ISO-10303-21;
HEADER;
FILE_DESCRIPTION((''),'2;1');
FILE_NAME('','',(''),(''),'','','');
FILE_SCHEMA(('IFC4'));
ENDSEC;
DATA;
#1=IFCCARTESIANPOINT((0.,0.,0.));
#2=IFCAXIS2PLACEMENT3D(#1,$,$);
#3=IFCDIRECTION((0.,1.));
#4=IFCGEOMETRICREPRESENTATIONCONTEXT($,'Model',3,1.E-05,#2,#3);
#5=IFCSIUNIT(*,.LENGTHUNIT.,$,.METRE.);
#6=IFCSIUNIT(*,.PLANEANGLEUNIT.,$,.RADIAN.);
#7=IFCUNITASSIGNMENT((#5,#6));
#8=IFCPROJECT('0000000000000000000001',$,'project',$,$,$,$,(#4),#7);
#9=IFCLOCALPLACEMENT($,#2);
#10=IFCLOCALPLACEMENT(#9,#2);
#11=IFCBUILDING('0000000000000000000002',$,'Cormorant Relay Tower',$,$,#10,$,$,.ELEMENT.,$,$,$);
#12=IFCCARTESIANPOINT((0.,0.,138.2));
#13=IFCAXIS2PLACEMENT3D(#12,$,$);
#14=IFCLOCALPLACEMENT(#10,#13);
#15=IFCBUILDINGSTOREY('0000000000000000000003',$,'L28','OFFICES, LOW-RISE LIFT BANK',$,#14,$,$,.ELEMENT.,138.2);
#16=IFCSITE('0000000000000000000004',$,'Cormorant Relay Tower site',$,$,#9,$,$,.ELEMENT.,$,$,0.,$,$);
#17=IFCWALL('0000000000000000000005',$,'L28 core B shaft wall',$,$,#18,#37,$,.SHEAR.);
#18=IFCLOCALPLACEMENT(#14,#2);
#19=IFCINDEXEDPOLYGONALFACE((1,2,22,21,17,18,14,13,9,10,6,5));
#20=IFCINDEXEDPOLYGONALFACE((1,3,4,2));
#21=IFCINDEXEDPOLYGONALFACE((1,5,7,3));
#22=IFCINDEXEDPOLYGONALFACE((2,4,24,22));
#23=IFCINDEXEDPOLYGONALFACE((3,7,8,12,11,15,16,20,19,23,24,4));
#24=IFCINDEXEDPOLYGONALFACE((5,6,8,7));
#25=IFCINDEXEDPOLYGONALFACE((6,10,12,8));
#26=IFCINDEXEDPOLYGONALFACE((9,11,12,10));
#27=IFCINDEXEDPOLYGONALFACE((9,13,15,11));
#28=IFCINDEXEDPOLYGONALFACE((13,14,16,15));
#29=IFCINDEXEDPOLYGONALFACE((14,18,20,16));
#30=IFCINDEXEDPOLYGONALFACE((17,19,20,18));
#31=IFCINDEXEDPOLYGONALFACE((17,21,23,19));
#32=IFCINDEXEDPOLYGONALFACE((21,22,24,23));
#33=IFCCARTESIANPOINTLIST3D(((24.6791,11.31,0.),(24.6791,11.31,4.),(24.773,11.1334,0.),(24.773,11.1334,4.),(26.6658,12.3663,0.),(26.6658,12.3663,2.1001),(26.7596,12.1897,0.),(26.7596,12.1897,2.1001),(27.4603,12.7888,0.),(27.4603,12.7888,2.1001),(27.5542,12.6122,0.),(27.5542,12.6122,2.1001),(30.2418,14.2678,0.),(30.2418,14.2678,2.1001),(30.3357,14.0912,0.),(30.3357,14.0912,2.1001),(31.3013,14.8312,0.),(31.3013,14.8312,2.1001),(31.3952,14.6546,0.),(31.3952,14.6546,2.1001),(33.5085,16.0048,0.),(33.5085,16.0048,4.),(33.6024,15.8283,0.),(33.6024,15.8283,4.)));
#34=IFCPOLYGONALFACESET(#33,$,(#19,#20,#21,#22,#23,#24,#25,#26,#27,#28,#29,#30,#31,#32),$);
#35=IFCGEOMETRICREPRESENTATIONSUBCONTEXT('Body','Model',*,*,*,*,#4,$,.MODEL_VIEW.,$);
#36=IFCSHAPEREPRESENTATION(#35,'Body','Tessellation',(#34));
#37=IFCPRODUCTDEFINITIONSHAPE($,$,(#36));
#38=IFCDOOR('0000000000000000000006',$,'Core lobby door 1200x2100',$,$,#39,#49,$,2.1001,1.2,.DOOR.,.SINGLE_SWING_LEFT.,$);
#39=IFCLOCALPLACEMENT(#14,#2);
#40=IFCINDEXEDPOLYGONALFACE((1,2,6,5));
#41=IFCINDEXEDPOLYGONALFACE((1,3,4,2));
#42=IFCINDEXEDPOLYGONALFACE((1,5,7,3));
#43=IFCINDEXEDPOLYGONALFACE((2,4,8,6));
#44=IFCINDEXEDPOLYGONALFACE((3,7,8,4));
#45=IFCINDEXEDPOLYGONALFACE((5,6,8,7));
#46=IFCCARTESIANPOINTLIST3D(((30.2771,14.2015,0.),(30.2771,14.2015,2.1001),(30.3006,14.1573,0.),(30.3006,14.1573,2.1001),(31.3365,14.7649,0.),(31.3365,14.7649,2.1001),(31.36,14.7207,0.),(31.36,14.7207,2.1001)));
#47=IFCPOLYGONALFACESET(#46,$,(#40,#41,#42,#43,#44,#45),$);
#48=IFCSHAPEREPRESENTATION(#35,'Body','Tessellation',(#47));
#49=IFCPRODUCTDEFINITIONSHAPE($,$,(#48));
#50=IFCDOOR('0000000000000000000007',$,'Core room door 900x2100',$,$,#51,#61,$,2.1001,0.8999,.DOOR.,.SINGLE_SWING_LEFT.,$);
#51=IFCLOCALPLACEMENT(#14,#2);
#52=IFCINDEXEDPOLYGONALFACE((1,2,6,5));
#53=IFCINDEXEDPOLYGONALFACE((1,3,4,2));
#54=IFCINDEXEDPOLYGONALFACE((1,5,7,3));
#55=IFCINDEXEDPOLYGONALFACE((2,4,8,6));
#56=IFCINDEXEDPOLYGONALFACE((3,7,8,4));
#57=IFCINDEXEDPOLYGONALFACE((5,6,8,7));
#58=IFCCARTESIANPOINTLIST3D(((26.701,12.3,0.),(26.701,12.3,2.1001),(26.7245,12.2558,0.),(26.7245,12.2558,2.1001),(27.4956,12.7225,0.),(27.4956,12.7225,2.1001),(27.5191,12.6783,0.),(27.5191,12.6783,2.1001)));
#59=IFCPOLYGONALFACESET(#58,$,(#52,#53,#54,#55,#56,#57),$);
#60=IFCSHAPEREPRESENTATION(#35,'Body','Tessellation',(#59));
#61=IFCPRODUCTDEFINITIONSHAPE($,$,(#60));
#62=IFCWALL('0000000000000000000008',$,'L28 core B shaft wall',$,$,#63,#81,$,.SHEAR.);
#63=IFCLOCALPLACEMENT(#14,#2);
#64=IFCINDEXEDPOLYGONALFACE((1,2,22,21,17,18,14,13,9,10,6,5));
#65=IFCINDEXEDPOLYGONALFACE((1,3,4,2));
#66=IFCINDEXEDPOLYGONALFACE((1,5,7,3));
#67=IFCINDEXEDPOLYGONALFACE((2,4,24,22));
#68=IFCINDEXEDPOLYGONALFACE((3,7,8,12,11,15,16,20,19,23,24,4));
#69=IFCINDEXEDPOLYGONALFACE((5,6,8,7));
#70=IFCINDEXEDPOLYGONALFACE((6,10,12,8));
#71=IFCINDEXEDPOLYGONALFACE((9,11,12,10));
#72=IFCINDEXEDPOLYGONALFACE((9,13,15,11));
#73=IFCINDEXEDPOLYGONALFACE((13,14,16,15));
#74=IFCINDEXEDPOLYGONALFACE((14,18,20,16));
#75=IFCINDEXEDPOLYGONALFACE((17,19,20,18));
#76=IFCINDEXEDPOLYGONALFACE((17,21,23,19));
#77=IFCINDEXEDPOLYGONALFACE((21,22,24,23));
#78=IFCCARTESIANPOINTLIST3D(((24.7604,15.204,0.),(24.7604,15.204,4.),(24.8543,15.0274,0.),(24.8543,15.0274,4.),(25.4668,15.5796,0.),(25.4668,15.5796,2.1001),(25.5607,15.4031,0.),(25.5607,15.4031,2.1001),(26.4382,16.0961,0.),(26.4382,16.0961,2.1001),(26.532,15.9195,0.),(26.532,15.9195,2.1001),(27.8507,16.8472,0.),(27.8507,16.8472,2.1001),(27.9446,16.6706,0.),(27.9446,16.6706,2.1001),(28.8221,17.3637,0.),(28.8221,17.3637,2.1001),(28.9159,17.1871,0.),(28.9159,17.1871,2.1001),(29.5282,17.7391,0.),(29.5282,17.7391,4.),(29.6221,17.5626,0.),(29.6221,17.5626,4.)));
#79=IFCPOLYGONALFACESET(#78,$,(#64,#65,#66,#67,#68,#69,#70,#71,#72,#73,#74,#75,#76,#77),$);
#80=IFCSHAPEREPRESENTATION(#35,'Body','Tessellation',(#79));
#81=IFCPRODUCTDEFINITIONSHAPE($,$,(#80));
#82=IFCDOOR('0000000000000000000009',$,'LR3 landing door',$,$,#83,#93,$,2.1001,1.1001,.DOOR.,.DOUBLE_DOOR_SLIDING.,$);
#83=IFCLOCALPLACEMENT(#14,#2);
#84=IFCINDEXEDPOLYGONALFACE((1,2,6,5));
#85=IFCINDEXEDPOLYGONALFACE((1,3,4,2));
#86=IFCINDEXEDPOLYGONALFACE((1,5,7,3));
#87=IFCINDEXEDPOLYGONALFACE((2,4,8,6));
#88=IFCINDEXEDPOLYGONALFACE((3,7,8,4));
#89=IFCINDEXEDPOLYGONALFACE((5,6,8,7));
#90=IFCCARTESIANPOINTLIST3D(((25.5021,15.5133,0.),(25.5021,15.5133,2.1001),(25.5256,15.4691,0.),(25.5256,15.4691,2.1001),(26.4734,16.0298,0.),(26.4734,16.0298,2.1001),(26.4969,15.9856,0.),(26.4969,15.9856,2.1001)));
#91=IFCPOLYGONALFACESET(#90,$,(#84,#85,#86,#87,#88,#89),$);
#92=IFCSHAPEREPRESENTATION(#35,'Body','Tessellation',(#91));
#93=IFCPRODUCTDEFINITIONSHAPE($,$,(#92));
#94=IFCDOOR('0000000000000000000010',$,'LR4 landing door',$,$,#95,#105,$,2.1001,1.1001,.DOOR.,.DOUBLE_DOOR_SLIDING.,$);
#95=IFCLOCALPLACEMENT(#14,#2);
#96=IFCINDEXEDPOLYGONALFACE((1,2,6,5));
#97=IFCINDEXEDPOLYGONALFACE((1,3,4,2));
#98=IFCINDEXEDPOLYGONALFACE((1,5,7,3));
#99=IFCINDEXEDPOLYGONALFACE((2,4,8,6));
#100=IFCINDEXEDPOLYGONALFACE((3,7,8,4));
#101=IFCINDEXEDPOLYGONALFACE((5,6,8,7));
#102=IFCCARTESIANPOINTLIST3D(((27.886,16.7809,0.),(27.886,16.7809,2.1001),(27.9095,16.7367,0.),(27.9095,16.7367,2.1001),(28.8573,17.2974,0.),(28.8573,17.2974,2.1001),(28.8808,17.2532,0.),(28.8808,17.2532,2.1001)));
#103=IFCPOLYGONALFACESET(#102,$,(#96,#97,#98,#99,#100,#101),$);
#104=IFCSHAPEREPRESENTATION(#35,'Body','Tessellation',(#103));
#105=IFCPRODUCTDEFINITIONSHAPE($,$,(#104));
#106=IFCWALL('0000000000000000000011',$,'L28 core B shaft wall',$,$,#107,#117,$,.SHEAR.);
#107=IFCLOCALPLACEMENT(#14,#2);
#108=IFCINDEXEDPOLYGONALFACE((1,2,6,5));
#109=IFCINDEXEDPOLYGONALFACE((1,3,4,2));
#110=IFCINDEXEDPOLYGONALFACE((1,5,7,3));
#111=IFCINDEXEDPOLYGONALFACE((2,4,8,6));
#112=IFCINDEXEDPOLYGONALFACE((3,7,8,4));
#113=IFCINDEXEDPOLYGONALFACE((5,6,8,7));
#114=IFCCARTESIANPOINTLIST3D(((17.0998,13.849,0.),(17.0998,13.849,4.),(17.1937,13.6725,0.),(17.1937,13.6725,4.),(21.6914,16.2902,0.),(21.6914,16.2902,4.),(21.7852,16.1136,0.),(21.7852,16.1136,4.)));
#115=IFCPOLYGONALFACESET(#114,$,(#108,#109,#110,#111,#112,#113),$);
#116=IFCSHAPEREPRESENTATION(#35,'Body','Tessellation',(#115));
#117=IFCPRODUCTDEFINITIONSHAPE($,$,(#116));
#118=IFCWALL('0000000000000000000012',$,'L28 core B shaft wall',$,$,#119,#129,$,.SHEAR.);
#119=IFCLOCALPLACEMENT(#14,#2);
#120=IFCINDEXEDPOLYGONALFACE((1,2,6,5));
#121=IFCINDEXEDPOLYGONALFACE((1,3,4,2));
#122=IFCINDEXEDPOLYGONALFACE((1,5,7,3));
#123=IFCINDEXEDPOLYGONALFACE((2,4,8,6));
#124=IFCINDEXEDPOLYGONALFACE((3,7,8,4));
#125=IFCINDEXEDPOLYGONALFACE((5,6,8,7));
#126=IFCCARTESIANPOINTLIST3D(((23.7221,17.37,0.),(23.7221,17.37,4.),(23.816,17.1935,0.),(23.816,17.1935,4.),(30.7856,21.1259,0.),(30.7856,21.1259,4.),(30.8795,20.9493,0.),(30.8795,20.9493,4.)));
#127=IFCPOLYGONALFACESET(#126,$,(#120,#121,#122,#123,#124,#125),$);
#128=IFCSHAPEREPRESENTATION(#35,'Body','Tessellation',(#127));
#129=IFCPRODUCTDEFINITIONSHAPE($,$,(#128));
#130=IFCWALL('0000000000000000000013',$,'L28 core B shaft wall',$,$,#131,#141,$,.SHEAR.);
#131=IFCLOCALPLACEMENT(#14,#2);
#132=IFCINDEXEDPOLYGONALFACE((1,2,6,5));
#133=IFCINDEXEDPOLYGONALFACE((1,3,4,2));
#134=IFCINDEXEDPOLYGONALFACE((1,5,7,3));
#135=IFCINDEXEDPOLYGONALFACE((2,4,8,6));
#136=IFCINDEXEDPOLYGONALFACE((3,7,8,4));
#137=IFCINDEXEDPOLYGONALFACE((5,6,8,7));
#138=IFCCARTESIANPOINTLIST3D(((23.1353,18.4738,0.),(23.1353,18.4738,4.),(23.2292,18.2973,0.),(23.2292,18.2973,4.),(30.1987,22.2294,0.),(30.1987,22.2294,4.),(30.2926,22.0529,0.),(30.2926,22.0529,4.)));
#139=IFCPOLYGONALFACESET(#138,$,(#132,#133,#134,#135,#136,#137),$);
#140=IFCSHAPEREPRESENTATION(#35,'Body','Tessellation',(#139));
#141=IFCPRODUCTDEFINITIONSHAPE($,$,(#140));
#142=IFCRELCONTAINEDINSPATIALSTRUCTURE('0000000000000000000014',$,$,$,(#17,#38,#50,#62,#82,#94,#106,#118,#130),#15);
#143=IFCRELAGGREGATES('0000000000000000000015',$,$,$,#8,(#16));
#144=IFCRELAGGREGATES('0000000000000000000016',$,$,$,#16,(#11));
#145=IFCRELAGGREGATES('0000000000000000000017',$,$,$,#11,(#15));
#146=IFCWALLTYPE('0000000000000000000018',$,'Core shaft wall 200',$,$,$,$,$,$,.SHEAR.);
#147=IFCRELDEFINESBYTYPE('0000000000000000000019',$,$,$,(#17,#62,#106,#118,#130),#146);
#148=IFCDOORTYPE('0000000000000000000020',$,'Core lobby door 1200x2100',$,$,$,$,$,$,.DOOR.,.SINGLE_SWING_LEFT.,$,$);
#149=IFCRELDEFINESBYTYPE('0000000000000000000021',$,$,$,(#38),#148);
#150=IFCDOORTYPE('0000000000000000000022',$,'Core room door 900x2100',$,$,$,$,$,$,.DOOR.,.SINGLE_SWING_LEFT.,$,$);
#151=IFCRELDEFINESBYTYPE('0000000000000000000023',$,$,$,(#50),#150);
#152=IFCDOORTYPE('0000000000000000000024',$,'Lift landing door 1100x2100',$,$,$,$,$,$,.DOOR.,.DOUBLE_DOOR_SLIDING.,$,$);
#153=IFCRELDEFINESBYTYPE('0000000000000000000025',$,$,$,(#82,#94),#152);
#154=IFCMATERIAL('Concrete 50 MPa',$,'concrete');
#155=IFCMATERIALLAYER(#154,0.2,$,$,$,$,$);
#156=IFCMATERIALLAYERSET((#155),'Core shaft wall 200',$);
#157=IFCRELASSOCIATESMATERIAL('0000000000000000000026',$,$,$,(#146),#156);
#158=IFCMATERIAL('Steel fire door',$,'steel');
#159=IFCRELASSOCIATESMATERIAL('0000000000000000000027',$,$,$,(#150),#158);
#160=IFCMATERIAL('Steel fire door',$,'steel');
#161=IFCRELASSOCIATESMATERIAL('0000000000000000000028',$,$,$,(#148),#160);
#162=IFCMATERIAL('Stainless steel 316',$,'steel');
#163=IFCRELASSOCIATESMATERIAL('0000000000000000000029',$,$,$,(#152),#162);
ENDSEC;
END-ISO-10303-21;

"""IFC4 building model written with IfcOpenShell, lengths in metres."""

from ifc_helpers import new_model, si_unit, direction, frame, frame_2d, origin, place, context, subcontext, project, spatial, rectangle, extrude, material, layer, layer_set, type_object, element, fill, save


model = new_model("IFC4")

# Units and contexts
model_context = context("Model", 3, precision=1e-05, world=origin(), true_north=direction((0.0, 1.0)))
body_context = subcontext(model_context, "Body", "Model", "MODEL_VIEW")
ifc_project = project(units=[si_unit("LENGTHUNIT", "METRE"), si_unit("PLANEANGLEUNIT", "RADIAN")], contexts=[model_context])

# Site, building, storey
site_placement = place(None, origin())
site = spatial("IfcSite", under=ifc_project, at=site_placement, Name="Cormorant Relay Tower site", CompositionType="ELEMENT", RefElevation=0.0)
building_placement = place(site_placement, origin())
building = spatial("IfcBuilding", under=site, at=building_placement, Name="Cormorant Relay Tower", CompositionType="ELEMENT")
storey_placement = place(building_placement, frame((0.0, 0.0, 138.2)))
storey = spatial("IfcBuildingStorey", under=building, at=storey_placement, Name="L28", Description="OFFICES, LOW-RISE LIFT BANK", CompositionType="ELEMENT", Elevation=138.2)

# Shared definitions
ifc_material_1 = material(Name="Concrete 50 MPa", Category="concrete")
ifc_layer_1 = layer(ifc_material_1, 0.2)
ifc_layer_set_1 = layer_set([ifc_layer_1], Name="Core shaft wall 200")
wall_type_1 = type_object("IfcWallType", Name="Core shaft wall 200", PredefinedType="SHEAR", material=ifc_layer_set_1)

# Shared definitions
ifc_material_2 = material(Name="Steel fire door", Category="steel")
door_type_1 = type_object("IfcDoorType", Name="Core room door 900x2100", OperationType="SINGLE_SWING_LEFT", PredefinedType="DOOR", material=ifc_material_2)

# Walls, openings, doors
wall_1_placement = place(storey_placement, frame((24.7261, 11.2217, 0.0), z_axis=(0.0, 0.0, 1.0), x_axis=(0.88294, 0.469485, 0.0)))
wall_1 = element("IfcWall", 1, at=wall_1_placement, inside=storey, type_object=wall_type_1, Name="L28 core B shaft wall", PredefinedType="SHEAR", context=body_context, shape_type="SweptSolid", body=[
    extrude(rectangle(XDim=10.0, YDim=0.2, at=frame_2d((5.0, 0.0))), origin(), (0.0, 0.0, 1.0), 4.0),
])
opening_1_placement = place(wall_1_placement, frame((6.3, 0.0, 0.0)))
opening_1 = element("IfcOpeningElement", 2, at=opening_1_placement, cuts=wall_1, PredefinedType="OPENING", context=body_context, shape_type="SweptSolid", body=[
    extrude(rectangle(XDim=1.2, YDim=2.1001, at=frame_2d((0.6001, 1.05))), frame((0.0, 0.1099, 0.0), z_axis=(0.0, -1.0, 0.0), x_axis=(1.0, 0.0, 0.0)), (0.0, 0.0, 1.0), 0.22),
])
opening_2_placement = place(wall_1_placement, frame((2.25, 0.0, 0.0)))
opening_2 = element("IfcOpeningElement", 3, at=opening_2_placement, cuts=wall_1, PredefinedType="OPENING", context=body_context, shape_type="SweptSolid", body=[
    extrude(rectangle(XDim=0.8999, YDim=2.1001, at=frame_2d((0.45, 1.05))), frame((0.0, 0.1099, 0.0), z_axis=(0.0, -1.0, 0.0), x_axis=(1.0, 0.0, 0.0)), (0.0, 0.0, 1.0), 0.22),
])
ifc_material_3 = material(Name="Steel fire door", Category="steel")
door_type_2 = type_object("IfcDoorType", Name="Core lobby door 1200x2100", OperationType="SINGLE_SWING_LEFT", PredefinedType="DOOR", material=ifc_material_3)
door_1_placement = place(opening_1_placement, origin())
door_1 = element("IfcDoor", 4, at=door_1_placement, inside=storey, type_object=door_type_2, Name="Core lobby door 1200x2100", OperationType="SINGLE_SWING_LEFT", OverallHeight=2.1001, OverallWidth=1.2, PredefinedType="DOOR", context=body_context, shape_type="SweptSolid", body=[
    extrude(rectangle(XDim=1.2, YDim=2.1001, at=frame_2d((0.6001, 1.05))), frame((0.0, 0.0249, 0.0), z_axis=(0.0, -1.0, 0.0), x_axis=(1.0, 0.0, 0.0)), (0.0, 0.0, 1.0), 0.05),
])
fill(opening_1, door_1)
door_2_placement = place(opening_2_placement, origin())
door_2 = element("IfcDoor", 5, at=door_2_placement, inside=storey, type_object=door_type_1, Name="Core room door 900x2100", OperationType="SINGLE_SWING_LEFT", OverallHeight=2.1001, OverallWidth=0.8999, PredefinedType="DOOR", context=body_context, shape_type="SweptSolid", body=[
    extrude(rectangle(XDim=0.8999, YDim=2.1001, at=frame_2d((0.45, 1.05))), frame((0.0, 0.0249, 0.0), z_axis=(0.0, -1.0, 0.0), x_axis=(1.0, 0.0, 0.0)), (0.0, 0.0, 1.0), 0.05),
])
fill(opening_2, door_2)
wall_2_placement = place(storey_placement, frame((24.8074, 15.1157, 0.0), z_axis=(0.0, 0.0, 1.0), x_axis=(0.882943, 0.46948, 0.0)))
wall_2 = element("IfcWall", 6, at=wall_2_placement, inside=storey, type_object=wall_type_1, Name="L28 core B shaft wall", PredefinedType="SHEAR", context=body_context, shape_type="SweptSolid", body=[
    extrude(rectangle(XDim=5.3999, YDim=0.2, at=frame_2d((2.7, 0.0))), origin(), (0.0, 0.0, 1.0), 4.0),
])
opening_3_placement = place(wall_2_placement, frame((0.8, 0.0, 0.0)))
opening_3 = element("IfcOpeningElement", 7, at=opening_3_placement, cuts=wall_2, PredefinedType="OPENING", context=body_context, shape_type="SweptSolid", body=[
    extrude(rectangle(XDim=1.1001, YDim=2.1001, at=frame_2d((0.55, 1.05))), frame((0.0, 0.1099, 0.0), z_axis=(0.0, -1.0, 0.0), x_axis=(1.0, 0.0, 0.0)), (0.0, 0.0, 1.0), 0.22),
])
opening_4_placement = place(wall_2_placement, frame((3.5, 0.0, 0.0)))
opening_4 = element("IfcOpeningElement", 8, at=opening_4_placement, cuts=wall_2, PredefinedType="OPENING", context=body_context, shape_type="SweptSolid", body=[
    extrude(rectangle(XDim=1.1001, YDim=2.1001, at=frame_2d((0.55, 1.05))), frame((0.0, 0.1099, 0.0), z_axis=(0.0, -1.0, 0.0), x_axis=(1.0, 0.0, 0.0)), (0.0, 0.0, 1.0), 0.22),
])
ifc_material_4 = material(Name="Stainless steel 316", Category="steel")
door_type_3 = type_object("IfcDoorType", Name="Lift landing door 1100x2100", OperationType="DOUBLE_DOOR_SLIDING", PredefinedType="DOOR", material=ifc_material_4)
door_3_placement = place(opening_3_placement, origin())
door_3 = element("IfcDoor", 9, at=door_3_placement, inside=storey, type_object=door_type_3, Name="LR3 landing door", OperationType="DOUBLE_DOOR_SLIDING", OverallHeight=2.1001, OverallWidth=1.1001, PredefinedType="DOOR", context=body_context, shape_type="SweptSolid", body=[
    extrude(rectangle(XDim=1.1001, YDim=2.1001, at=frame_2d((0.55, 1.05))), frame((0.0, 0.0249, 0.0), z_axis=(0.0, -1.0, 0.0), x_axis=(1.0, 0.0, 0.0)), (0.0, 0.0, 1.0), 0.05),
])
fill(opening_3, door_3)
door_4_placement = place(opening_4_placement, origin())
door_4 = element("IfcDoor", 10, at=door_4_placement, inside=storey, type_object=door_type_3, Name="LR4 landing door", OperationType="DOUBLE_DOOR_SLIDING", OverallHeight=2.1001, OverallWidth=1.1001, PredefinedType="DOOR", context=body_context, shape_type="SweptSolid", body=[
    extrude(rectangle(XDim=1.1001, YDim=2.1001, at=frame_2d((0.55, 1.05))), frame((0.0, 0.0249, 0.0), z_axis=(0.0, -1.0, 0.0), x_axis=(1.0, 0.0, 0.0)), (0.0, 0.0, 1.0), 0.05),
])
fill(opening_4, door_4)

# Walls
wall_3_placement = place(storey_placement, frame((17.1467, 13.7607, 0.0), z_axis=(0.0, 0.0, 1.0), x_axis=(0.882964, 0.46944, 0.0)))
element("IfcWall", 11, at=wall_3_placement, inside=storey, type_object=wall_type_1, Name="L28 core B shaft wall", PredefinedType="SHEAR", context=body_context, shape_type="SweptSolid", body=[
    extrude(rectangle(XDim=5.2002, YDim=0.2, at=frame_2d((2.6001, 0.0))), origin(), (0.0, 0.0, 1.0), 4.0),
])
wall_4_placement = place(storey_placement, frame((23.769, 17.2817, 0.0), z_axis=(0.0, 0.0, 1.0), x_axis=(0.88294, 0.469485, 0.0)))
element("IfcWall", 12, at=wall_4_placement, inside=storey, type_object=wall_type_1, Name="L28 core B shaft wall", PredefinedType="SHEAR", context=body_context, shape_type="SweptSolid", body=[
    extrude(rectangle(XDim=8.0, YDim=0.2, at=frame_2d((4.0, 0.0))), origin(), (0.0, 0.0, 1.0), 4.0),
])
wall_5_placement = place(storey_placement, frame((23.1821, 18.3855, 0.0), z_axis=(0.0, 0.0, 1.0), x_axis=(0.882953, 0.469462, 0.0)))
element("IfcWall", 13, at=wall_5_placement, inside=storey, type_object=wall_type_1, Name="L28 core B shaft wall", PredefinedType="SHEAR", context=body_context, shape_type="SweptSolid", body=[
    extrude(rectangle(XDim=7.9998, YDim=0.2, at=frame_2d((4.0, 0.0))), origin(), (0.0, 0.0, 1.0), 4.0),
])

save(model, "model.ifc")
